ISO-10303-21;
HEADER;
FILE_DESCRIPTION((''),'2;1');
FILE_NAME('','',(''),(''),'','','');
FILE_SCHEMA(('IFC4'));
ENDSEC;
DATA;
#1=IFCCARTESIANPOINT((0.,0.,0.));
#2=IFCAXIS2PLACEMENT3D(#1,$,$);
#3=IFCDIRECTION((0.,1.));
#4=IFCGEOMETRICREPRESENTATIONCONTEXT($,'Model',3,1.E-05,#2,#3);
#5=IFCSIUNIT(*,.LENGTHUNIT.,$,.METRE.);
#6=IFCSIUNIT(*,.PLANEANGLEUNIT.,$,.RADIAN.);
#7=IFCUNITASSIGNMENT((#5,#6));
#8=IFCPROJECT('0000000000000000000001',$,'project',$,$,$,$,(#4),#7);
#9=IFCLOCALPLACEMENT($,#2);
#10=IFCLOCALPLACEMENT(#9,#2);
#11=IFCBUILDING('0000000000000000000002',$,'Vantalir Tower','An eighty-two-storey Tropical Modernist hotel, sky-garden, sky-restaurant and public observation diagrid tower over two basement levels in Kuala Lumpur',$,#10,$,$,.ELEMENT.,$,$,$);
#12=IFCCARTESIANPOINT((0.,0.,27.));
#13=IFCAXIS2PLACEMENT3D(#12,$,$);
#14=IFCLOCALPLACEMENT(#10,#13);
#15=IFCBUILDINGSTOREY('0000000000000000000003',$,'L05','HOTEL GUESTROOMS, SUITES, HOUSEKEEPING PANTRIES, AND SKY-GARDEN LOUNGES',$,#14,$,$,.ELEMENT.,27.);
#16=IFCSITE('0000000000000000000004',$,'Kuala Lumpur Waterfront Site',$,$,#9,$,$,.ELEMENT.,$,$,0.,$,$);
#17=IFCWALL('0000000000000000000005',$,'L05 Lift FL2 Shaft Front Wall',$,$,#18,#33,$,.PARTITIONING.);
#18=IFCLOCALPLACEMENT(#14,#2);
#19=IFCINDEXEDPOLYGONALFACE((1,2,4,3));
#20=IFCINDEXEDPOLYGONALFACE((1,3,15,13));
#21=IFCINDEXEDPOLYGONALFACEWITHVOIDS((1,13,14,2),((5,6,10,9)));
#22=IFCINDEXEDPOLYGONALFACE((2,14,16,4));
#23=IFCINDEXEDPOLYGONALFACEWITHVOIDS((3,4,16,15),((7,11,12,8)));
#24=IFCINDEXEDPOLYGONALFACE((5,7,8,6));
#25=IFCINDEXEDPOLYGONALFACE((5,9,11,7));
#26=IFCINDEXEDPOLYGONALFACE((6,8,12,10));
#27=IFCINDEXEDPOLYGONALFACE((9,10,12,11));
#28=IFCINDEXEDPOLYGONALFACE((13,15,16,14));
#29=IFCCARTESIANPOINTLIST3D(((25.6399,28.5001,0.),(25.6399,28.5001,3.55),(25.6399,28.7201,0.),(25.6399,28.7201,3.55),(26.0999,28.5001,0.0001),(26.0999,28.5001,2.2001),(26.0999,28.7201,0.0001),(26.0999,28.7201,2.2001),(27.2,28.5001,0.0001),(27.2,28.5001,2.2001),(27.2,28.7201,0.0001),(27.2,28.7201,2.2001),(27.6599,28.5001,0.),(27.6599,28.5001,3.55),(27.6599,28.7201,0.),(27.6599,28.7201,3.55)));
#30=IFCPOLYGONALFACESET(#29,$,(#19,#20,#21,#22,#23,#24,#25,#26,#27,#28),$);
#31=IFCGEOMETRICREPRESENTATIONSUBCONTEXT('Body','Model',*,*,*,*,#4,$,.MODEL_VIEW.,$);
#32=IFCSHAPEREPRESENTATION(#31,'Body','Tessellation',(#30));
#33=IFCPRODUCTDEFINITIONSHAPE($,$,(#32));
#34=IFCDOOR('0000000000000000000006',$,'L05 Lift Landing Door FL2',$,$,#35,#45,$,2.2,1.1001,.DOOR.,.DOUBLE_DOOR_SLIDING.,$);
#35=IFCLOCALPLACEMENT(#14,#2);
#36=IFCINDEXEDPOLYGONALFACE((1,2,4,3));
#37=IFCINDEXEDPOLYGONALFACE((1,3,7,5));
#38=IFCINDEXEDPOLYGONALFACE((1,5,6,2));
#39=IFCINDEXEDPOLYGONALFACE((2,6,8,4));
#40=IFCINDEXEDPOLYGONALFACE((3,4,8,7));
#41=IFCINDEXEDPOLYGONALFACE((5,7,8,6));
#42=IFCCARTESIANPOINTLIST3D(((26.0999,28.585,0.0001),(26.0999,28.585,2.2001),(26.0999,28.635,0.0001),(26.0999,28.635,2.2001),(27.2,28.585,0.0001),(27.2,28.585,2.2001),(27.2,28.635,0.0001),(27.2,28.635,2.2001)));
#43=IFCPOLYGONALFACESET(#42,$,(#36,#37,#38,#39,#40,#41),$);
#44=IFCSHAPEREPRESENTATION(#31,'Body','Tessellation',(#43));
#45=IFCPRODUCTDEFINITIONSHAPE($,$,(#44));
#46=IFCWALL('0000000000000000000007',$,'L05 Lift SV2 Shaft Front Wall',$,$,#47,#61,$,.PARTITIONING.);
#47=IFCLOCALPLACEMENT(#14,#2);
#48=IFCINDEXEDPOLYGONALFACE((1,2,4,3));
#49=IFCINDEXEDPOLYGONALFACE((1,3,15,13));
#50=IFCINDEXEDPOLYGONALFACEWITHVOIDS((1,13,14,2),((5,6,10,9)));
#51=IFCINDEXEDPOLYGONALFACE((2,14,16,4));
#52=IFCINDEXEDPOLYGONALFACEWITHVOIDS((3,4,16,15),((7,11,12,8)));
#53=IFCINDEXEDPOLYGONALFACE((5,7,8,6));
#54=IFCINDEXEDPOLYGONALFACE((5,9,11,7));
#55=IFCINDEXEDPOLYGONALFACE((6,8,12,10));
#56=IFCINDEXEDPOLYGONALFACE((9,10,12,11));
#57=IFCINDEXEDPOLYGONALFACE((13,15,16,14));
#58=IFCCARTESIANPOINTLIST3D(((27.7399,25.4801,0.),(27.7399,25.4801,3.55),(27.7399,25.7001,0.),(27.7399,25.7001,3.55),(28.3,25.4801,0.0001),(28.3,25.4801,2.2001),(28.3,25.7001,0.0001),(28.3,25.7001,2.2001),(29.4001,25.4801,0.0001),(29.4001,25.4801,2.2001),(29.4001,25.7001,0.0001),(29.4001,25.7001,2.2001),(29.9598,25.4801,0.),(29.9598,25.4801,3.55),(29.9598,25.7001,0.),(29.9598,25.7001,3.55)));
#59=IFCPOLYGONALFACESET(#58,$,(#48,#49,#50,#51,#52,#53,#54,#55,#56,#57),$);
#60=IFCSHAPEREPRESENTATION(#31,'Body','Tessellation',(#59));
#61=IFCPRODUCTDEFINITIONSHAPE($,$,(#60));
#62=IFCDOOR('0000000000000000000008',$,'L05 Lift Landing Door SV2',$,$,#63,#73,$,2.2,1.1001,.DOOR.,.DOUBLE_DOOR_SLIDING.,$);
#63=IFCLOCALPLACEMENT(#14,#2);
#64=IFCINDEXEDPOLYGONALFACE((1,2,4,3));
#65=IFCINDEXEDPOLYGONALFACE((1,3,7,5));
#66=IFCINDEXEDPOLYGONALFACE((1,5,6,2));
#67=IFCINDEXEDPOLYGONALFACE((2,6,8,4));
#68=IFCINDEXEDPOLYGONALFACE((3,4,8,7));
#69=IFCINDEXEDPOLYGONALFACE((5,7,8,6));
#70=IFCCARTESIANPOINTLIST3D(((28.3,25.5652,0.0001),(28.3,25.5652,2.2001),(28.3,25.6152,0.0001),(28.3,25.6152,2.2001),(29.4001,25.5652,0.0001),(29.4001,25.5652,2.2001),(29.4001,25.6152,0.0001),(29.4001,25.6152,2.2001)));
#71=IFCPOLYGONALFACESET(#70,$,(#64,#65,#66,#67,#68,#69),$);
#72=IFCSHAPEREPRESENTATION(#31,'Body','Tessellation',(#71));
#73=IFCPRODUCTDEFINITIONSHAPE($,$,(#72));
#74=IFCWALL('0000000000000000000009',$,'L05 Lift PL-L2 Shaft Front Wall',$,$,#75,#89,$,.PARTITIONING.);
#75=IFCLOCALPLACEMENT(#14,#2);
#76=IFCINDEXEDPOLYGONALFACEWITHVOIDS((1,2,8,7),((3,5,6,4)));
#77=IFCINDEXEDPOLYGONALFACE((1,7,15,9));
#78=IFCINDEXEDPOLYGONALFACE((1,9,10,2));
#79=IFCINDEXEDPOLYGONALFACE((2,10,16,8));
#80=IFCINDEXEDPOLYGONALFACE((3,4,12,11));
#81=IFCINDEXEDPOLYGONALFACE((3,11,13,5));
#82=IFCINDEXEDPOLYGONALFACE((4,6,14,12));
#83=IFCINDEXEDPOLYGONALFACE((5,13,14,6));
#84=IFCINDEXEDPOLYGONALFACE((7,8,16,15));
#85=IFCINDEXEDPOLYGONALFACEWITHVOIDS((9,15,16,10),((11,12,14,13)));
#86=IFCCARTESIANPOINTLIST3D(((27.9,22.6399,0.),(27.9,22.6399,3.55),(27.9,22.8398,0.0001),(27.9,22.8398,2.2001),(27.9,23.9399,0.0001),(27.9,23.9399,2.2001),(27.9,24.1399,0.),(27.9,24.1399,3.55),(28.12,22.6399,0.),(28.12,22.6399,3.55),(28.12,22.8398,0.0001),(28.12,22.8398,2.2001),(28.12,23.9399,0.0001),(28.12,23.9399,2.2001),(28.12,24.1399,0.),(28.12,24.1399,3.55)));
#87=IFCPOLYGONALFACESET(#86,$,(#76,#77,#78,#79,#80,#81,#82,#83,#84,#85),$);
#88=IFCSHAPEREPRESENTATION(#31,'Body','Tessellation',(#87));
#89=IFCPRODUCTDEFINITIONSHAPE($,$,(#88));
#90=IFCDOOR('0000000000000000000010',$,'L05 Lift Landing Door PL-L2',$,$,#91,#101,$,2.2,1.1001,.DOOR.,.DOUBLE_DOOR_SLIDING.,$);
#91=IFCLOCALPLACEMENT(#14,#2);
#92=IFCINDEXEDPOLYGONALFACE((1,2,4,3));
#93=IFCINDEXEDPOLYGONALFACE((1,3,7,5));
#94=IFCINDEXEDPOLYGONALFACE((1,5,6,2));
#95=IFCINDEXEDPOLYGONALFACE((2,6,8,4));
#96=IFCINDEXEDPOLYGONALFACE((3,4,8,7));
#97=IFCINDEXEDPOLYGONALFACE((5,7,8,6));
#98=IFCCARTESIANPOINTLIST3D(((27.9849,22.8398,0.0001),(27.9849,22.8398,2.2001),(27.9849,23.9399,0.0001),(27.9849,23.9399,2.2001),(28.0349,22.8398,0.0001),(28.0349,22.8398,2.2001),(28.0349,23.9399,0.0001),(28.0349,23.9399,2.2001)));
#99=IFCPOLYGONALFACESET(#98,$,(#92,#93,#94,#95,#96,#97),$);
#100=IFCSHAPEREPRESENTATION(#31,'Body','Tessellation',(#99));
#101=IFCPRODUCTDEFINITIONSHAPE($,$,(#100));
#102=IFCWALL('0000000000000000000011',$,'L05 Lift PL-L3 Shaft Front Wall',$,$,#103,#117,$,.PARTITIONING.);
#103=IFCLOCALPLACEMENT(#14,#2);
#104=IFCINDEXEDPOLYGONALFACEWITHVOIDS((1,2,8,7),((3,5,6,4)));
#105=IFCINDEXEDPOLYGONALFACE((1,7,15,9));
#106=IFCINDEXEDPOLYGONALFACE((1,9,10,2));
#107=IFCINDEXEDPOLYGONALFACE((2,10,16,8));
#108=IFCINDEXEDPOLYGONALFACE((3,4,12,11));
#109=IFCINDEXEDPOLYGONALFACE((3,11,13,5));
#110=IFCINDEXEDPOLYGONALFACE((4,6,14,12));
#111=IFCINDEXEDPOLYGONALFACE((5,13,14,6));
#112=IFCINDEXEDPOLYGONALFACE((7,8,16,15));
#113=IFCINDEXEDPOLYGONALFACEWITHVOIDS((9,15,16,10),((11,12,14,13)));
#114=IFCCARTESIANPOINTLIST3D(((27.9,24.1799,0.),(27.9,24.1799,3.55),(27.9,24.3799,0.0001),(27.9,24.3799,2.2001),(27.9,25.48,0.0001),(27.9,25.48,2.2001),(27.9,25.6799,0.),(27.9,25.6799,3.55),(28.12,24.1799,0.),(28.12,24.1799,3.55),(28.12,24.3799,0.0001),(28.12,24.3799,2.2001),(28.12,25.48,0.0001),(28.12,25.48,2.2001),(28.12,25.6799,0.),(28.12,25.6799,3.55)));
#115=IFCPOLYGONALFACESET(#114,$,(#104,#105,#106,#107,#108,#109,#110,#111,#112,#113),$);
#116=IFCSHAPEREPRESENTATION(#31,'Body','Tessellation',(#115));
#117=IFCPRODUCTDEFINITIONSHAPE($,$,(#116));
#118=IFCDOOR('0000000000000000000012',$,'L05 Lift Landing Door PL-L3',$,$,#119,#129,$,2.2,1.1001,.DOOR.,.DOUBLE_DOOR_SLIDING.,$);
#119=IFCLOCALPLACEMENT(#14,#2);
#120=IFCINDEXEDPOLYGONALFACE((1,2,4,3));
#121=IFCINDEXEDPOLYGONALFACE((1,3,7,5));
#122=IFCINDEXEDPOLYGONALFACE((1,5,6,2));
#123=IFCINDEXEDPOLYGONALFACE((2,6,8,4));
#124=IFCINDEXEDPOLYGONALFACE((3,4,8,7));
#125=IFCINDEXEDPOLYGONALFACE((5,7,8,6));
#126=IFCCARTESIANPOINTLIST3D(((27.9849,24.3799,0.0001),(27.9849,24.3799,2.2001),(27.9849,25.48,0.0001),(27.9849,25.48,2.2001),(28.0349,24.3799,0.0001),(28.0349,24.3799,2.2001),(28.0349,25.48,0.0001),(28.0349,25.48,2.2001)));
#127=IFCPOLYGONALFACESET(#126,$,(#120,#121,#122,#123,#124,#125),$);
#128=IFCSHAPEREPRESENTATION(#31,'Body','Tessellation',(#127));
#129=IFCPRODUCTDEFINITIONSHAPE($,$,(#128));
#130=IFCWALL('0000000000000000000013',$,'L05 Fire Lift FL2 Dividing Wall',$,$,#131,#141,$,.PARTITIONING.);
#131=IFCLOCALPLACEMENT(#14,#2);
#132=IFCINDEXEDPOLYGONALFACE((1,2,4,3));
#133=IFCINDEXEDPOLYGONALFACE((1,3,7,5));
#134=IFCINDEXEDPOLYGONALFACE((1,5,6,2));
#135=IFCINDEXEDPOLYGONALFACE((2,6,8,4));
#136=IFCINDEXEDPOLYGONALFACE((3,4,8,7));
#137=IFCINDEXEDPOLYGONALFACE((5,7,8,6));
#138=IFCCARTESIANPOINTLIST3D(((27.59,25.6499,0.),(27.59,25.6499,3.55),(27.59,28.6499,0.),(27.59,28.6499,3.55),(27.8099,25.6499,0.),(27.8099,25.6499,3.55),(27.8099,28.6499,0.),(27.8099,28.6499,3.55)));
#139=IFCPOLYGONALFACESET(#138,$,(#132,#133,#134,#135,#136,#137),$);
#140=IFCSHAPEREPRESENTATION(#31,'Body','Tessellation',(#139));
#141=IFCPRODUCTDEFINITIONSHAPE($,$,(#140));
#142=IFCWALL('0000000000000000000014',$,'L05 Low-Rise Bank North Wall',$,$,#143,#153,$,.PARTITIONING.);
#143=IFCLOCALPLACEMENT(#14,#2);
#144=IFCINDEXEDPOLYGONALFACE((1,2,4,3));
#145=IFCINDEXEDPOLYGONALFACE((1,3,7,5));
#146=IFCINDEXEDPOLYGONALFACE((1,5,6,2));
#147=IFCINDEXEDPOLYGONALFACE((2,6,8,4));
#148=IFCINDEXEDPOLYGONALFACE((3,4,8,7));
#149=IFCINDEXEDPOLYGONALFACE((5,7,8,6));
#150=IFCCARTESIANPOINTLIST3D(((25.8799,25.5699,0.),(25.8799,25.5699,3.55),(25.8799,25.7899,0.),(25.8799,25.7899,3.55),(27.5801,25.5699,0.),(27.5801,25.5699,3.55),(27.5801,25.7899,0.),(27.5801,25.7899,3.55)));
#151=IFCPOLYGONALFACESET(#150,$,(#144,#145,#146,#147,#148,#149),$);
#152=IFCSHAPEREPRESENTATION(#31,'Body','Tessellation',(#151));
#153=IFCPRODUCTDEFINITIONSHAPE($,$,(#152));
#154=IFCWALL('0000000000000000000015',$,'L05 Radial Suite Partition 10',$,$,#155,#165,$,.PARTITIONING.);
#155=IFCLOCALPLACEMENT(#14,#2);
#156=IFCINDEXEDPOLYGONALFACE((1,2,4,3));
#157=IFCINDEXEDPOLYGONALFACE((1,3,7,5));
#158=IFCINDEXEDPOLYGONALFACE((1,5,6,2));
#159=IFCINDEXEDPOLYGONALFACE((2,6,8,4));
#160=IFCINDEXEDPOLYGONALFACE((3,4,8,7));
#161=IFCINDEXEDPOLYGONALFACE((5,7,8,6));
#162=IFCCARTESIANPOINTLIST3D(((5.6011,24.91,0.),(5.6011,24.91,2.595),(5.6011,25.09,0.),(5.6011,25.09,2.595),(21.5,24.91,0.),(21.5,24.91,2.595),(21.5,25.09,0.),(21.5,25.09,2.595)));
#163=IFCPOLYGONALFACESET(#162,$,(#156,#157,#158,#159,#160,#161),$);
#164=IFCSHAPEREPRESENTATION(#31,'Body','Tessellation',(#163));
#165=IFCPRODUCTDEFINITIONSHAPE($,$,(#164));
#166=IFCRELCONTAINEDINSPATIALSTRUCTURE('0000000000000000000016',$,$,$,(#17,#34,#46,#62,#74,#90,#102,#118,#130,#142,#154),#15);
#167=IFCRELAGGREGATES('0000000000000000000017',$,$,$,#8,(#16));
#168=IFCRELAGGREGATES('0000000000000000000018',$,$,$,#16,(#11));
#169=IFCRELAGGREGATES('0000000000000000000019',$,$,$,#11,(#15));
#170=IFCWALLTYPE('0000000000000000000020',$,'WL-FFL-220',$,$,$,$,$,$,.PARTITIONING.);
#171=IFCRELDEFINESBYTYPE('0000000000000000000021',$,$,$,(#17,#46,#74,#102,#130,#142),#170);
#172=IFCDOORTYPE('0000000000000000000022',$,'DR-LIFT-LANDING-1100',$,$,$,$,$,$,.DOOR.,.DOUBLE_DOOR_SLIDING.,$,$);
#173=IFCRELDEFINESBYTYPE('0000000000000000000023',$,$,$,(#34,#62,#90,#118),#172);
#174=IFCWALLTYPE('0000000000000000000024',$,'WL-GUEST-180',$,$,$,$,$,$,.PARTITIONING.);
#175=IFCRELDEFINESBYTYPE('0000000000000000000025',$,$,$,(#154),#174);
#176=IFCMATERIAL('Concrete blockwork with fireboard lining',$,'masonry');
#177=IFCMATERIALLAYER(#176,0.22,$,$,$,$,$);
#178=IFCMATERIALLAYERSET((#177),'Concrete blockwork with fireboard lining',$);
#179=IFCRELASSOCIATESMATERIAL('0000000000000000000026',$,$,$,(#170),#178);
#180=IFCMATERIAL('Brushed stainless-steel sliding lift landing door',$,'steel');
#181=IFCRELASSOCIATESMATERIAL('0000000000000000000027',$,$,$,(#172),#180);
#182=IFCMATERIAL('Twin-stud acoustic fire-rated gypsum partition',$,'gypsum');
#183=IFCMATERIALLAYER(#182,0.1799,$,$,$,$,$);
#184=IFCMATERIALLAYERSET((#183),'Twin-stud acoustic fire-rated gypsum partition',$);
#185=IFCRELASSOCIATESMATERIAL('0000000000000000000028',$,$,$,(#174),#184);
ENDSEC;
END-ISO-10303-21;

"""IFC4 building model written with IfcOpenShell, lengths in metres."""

from ifc_helpers import new_model, si_unit, direction, frame, frame_2d, origin, place, context, subcontext, project, spatial, rectangle, extrude, material, layer, layer_set, type_object, element, fill, save


model = new_model("IFC4")

# Units and contexts
model_context = context("Model", 3, precision=1e-05, world=origin(), true_north=direction((0.0, 1.0)))
body_context = subcontext(model_context, "Body", "Model", "MODEL_VIEW")
ifc_project = project(units=[si_unit("LENGTHUNIT", "METRE"), si_unit("PLANEANGLEUNIT", "RADIAN")], contexts=[model_context])

# Site, building, storey
site_placement = place(None, origin())
site = spatial("IfcSite", under=ifc_project, at=site_placement, Name="Kuala Lumpur Waterfront Site", CompositionType="ELEMENT", RefElevation=0.0)
building_placement = place(site_placement, origin())
building = spatial("IfcBuilding", under=site, at=building_placement, Name="Vantalir Tower", Description="An eighty-two-storey Tropical Modernist hotel, sky-garden, sky-restaurant and public observation diagrid tower over two basement levels in Kuala Lumpur", CompositionType="ELEMENT")
storey_placement = place(building_placement, frame((0.0, 0.0, 27.0)))
storey = spatial("IfcBuildingStorey", under=building, at=storey_placement, Name="L05", Description="HOTEL GUESTROOMS, SUITES, HOUSEKEEPING PANTRIES, AND SKY-GARDEN LOUNGES", CompositionType="ELEMENT", Elevation=27.0)

# Walls, openings, doors
ifc_material_1 = material(Name="Concrete blockwork with fireboard lining", Category="masonry")
ifc_layer_1 = layer(ifc_material_1, 0.22)
ifc_layer_set_1 = layer_set([ifc_layer_1], Name="Concrete blockwork with fireboard lining")
wall_type_1 = type_object("IfcWallType", Name="WL-FFL-220", PredefinedType="PARTITIONING", material=ifc_layer_set_1)
wall_1_placement = place(storey_placement, frame((25.6399, 28.6101, 0.0), z_axis=(0.0, 0.0, 1.0), x_axis=(1.0, 0.0, 0.0)))
wall_1 = element("IfcWall", 1, at=wall_1_placement, inside=storey, type_object=wall_type_1, Name="L05 Lift FL2 Shaft Front Wall", PredefinedType="PARTITIONING", context=body_context, shape_type="SweptSolid", body=[
    extrude(rectangle(XDim=2.02, YDim=0.22, at=frame_2d((1.01, 0.0))), origin(), (0.0, 0.0, 1.0), 3.55),
])
opening_1_placement = place(wall_1_placement, frame((0.46, 0.0, 0.0)))
opening_1 = element("IfcOpeningElement", 2, at=opening_1_placement, cuts=wall_1, PredefinedType="OPENING", context=body_context, shape_type="SweptSolid", body=[
    extrude(rectangle(XDim=1.1001, YDim=2.2, at=frame_2d((0.55, 1.1001))), frame((0.0, 0.1199, 0.0), z_axis=(0.0, -1.0, 0.0), x_axis=(1.0, 0.0, 0.0)), (0.0, 0.0, 1.0), 0.24),
])
ifc_material_2 = material(Name="Brushed stainless-steel sliding lift landing door", Category="steel")
door_type_1 = type_object("IfcDoorType", Name="DR-LIFT-LANDING-1100", OperationType="DOUBLE_DOOR_SLIDING", PredefinedType="DOOR", material=ifc_material_2)
door_1_placement = place(opening_1_placement, origin())
door_1 = element("IfcDoor", 3, at=door_1_placement, inside=storey, type_object=door_type_1, Name="L05 Lift Landing Door FL2", OperationType="DOUBLE_DOOR_SLIDING", OverallHeight=2.2, OverallWidth=1.1001, PredefinedType="DOOR", context=body_context, shape_type="SweptSolid", body=[
    extrude(rectangle(XDim=1.1001, YDim=2.2, at=frame_2d((0.55, 1.1001))), frame((0.0, 0.0249, 0.0), z_axis=(0.0, -1.0, 0.0), x_axis=(1.0, 0.0, 0.0)), (0.0, 0.0, 1.0), 0.05),
])
fill(opening_1, door_1)
wall_2_placement = place(storey_placement, frame((27.74, 25.5901, 0.0), z_axis=(0.0, 0.0, 1.0), x_axis=(1.0, 0.0, 0.0)))
wall_2 = element("IfcWall", 4, at=wall_2_placement, inside=storey, type_object=wall_type_1, Name="L05 Lift SV2 Shaft Front Wall", PredefinedType="PARTITIONING", context=body_context, shape_type="SweptSolid", body=[
    extrude(rectangle(XDim=2.22, YDim=0.22, at=frame_2d((1.1099, 0.0))), origin(), (0.0, 0.0, 1.0), 3.55),
])
opening_2_placement = place(wall_2_placement, frame((0.5601, 0.0, 0.0)))
opening_2 = element("IfcOpeningElement", 5, at=opening_2_placement, cuts=wall_2, PredefinedType="OPENING", context=body_context, shape_type="SweptSolid", body=[
    extrude(rectangle(XDim=1.1001, YDim=2.2, at=frame_2d((0.55, 1.1001))), frame((0.0, 0.1199, 0.0), z_axis=(0.0, -1.0, 0.0), x_axis=(1.0, 0.0, 0.0)), (0.0, 0.0, 1.0), 0.24),
])
door_2_placement = place(opening_2_placement, frame((1.1001, 0.0, 0.0), z_axis=(0.0, 0.0, 1.0), x_axis=(-1.0, 0.0, 0.0)))
door_2 = element("IfcDoor", 6, at=door_2_placement, inside=storey, type_object=door_type_1, Name="L05 Lift Landing Door SV2", OperationType="DOUBLE_DOOR_SLIDING", OverallHeight=2.2, OverallWidth=1.1001, PredefinedType="DOOR", context=body_context, shape_type="SweptSolid", body=[
    extrude(rectangle(XDim=1.1001, YDim=2.2, at=frame_2d((0.55, 1.1001))), frame((0.0, 0.0249, 0.0), z_axis=(0.0, -1.0, 0.0), x_axis=(1.0, 0.0, 0.0)), (0.0, 0.0, 1.0), 0.05),
])
fill(opening_2, door_2)
wall_3_placement = place(storey_placement, frame((28.01, 22.6399, 0.0), z_axis=(0.0, 0.0, 1.0), x_axis=(0.0, 1.0, 0.0)))
wall_3 = element("IfcWall", 7, at=wall_3_placement, inside=storey, type_object=wall_type_1, Name="L05 Lift PL-L2 Shaft Front Wall", PredefinedType="PARTITIONING", context=body_context, shape_type="SweptSolid", body=[
    extrude(rectangle(XDim=1.5, YDim=0.22, at=frame_2d((0.75, 0.0))), origin(), (0.0, 0.0, 1.0), 3.55),
])
opening_3_placement = place(wall_3_placement, frame((0.2, 0.0, 0.0)))
opening_3 = element("IfcOpeningElement", 8, at=opening_3_placement, cuts=wall_3, PredefinedType="OPENING", context=body_context, shape_type="SweptSolid", body=[
    extrude(rectangle(XDim=1.1001, YDim=2.2, at=frame_2d((0.55, 1.1001))), frame((0.0, 0.1199, 0.0), z_axis=(0.0, -1.0, 0.0), x_axis=(1.0, 0.0, 0.0)), (0.0, 0.0, 1.0), 0.24),
])
door_3_placement = place(opening_3_placement, frame((1.1001, 0.0, 0.0), z_axis=(0.0, 0.0, 1.0), x_axis=(-1.0, 0.0, 0.0)))
door_3 = element("IfcDoor", 9, at=door_3_placement, inside=storey, type_object=door_type_1, Name="L05 Lift Landing Door PL-L2", OperationType="DOUBLE_DOOR_SLIDING", OverallHeight=2.2, OverallWidth=1.1001, PredefinedType="DOOR", context=body_context, shape_type="SweptSolid", body=[
    extrude(rectangle(XDim=1.1001, YDim=2.2, at=frame_2d((0.55, 1.1001))), frame((0.0, 0.0249, 0.0), z_axis=(0.0, -1.0, 0.0), x_axis=(1.0, 0.0, 0.0)), (0.0, 0.0, 1.0), 0.05),
])
fill(opening_3, door_3)
wall_4_placement = place(storey_placement, frame((28.01, 24.1799, 0.0), z_axis=(0.0, 0.0, 1.0), x_axis=(0.0, 1.0, 0.0)))
wall_4 = element("IfcWall", 10, at=wall_4_placement, inside=storey, type_object=wall_type_1, Name="L05 Lift PL-L3 Shaft Front Wall", PredefinedType="PARTITIONING", context=body_context, shape_type="SweptSolid", body=[
    extrude(rectangle(XDim=1.5, YDim=0.22, at=frame_2d((0.75, 0.0))), origin(), (0.0, 0.0, 1.0), 3.55),
])
opening_4_placement = place(wall_4_placement, frame((0.2, 0.0, 0.0)))
opening_4 = element("IfcOpeningElement", 11, at=opening_4_placement, cuts=wall_4, PredefinedType="OPENING", context=body_context, shape_type="SweptSolid", body=[
    extrude(rectangle(XDim=1.1001, YDim=2.2, at=frame_2d((0.55, 1.1001))), frame((0.0, 0.1199, 0.0), z_axis=(0.0, -1.0, 0.0), x_axis=(1.0, 0.0, 0.0)), (0.0, 0.0, 1.0), 0.24),
])
door_4_placement = place(opening_4_placement, frame((1.1001, 0.0, 0.0), z_axis=(0.0, 0.0, 1.0), x_axis=(-1.0, 0.0, 0.0)))
door_4 = element("IfcDoor", 12, at=door_4_placement, inside=storey, type_object=door_type_1, Name="L05 Lift Landing Door PL-L3", OperationType="DOUBLE_DOOR_SLIDING", OverallHeight=2.2, OverallWidth=1.1001, PredefinedType="DOOR", context=body_context, shape_type="SweptSolid", body=[
    extrude(rectangle(XDim=1.1001, YDim=2.2, at=frame_2d((0.55, 1.1001))), frame((0.0, 0.0249, 0.0), z_axis=(0.0, -1.0, 0.0), x_axis=(1.0, 0.0, 0.0)), (0.0, 0.0, 1.0), 0.05),
])
fill(opening_4, door_4)

# Walls
wall_5_placement = place(storey_placement, frame((27.7, 25.6499, 0.0), z_axis=(0.0, 0.0, 1.0), x_axis=(0.0, 1.0, 0.0)))
element("IfcWall", 13, at=wall_5_placement, inside=storey, type_object=wall_type_1, Name="L05 Fire Lift FL2 Dividing Wall", PredefinedType="PARTITIONING", context=body_context, shape_type="SweptSolid", body=[
    extrude(rectangle(XDim=3.0, YDim=0.22, at=frame_2d((1.5, 0.0))), origin(), (0.0, 0.0, 1.0), 3.55),
])
wall_6_placement = place(storey_placement, frame((25.8799, 25.6799, 0.0), z_axis=(0.0, 0.0, 1.0), x_axis=(1.0, 0.0, 0.0)))
element("IfcWall", 14, at=wall_6_placement, inside=storey, type_object=wall_type_1, Name="L05 Low-Rise Bank North Wall", PredefinedType="PARTITIONING", context=body_context, shape_type="SweptSolid", body=[
    extrude(rectangle(XDim=1.7002, YDim=0.22, at=frame_2d((0.8501, 0.0))), origin(), (0.0, 0.0, 1.0), 3.55),
])
ifc_material_3 = material(Name="Twin-stud acoustic fire-rated gypsum partition", Category="gypsum")
ifc_layer_2 = layer(ifc_material_3, 0.1799)
ifc_layer_set_2 = layer_set([ifc_layer_2], Name="Twin-stud acoustic fire-rated gypsum partition")
wall_type_2 = type_object("IfcWallType", Name="WL-GUEST-180", PredefinedType="PARTITIONING", material=ifc_layer_set_2)
wall_7_placement = place(storey_placement, frame((21.5, 25.0, 0.0), z_axis=(0.0, 0.0, 1.0), x_axis=(-1.0, 0.0, 0.0)))
element("IfcWall", 15, at=wall_7_placement, inside=storey, type_object=wall_type_2, Name="L05 Radial Suite Partition 10", PredefinedType="PARTITIONING", context=body_context, shape_type="SweptSolid", body=[
    extrude(rectangle(XDim=15.8989, YDim=0.1799, at=frame_2d((7.9495, 0.0))), origin(), (0.0, 0.0, 1.0), 2.595),
])

save(model, "model.ifc")
